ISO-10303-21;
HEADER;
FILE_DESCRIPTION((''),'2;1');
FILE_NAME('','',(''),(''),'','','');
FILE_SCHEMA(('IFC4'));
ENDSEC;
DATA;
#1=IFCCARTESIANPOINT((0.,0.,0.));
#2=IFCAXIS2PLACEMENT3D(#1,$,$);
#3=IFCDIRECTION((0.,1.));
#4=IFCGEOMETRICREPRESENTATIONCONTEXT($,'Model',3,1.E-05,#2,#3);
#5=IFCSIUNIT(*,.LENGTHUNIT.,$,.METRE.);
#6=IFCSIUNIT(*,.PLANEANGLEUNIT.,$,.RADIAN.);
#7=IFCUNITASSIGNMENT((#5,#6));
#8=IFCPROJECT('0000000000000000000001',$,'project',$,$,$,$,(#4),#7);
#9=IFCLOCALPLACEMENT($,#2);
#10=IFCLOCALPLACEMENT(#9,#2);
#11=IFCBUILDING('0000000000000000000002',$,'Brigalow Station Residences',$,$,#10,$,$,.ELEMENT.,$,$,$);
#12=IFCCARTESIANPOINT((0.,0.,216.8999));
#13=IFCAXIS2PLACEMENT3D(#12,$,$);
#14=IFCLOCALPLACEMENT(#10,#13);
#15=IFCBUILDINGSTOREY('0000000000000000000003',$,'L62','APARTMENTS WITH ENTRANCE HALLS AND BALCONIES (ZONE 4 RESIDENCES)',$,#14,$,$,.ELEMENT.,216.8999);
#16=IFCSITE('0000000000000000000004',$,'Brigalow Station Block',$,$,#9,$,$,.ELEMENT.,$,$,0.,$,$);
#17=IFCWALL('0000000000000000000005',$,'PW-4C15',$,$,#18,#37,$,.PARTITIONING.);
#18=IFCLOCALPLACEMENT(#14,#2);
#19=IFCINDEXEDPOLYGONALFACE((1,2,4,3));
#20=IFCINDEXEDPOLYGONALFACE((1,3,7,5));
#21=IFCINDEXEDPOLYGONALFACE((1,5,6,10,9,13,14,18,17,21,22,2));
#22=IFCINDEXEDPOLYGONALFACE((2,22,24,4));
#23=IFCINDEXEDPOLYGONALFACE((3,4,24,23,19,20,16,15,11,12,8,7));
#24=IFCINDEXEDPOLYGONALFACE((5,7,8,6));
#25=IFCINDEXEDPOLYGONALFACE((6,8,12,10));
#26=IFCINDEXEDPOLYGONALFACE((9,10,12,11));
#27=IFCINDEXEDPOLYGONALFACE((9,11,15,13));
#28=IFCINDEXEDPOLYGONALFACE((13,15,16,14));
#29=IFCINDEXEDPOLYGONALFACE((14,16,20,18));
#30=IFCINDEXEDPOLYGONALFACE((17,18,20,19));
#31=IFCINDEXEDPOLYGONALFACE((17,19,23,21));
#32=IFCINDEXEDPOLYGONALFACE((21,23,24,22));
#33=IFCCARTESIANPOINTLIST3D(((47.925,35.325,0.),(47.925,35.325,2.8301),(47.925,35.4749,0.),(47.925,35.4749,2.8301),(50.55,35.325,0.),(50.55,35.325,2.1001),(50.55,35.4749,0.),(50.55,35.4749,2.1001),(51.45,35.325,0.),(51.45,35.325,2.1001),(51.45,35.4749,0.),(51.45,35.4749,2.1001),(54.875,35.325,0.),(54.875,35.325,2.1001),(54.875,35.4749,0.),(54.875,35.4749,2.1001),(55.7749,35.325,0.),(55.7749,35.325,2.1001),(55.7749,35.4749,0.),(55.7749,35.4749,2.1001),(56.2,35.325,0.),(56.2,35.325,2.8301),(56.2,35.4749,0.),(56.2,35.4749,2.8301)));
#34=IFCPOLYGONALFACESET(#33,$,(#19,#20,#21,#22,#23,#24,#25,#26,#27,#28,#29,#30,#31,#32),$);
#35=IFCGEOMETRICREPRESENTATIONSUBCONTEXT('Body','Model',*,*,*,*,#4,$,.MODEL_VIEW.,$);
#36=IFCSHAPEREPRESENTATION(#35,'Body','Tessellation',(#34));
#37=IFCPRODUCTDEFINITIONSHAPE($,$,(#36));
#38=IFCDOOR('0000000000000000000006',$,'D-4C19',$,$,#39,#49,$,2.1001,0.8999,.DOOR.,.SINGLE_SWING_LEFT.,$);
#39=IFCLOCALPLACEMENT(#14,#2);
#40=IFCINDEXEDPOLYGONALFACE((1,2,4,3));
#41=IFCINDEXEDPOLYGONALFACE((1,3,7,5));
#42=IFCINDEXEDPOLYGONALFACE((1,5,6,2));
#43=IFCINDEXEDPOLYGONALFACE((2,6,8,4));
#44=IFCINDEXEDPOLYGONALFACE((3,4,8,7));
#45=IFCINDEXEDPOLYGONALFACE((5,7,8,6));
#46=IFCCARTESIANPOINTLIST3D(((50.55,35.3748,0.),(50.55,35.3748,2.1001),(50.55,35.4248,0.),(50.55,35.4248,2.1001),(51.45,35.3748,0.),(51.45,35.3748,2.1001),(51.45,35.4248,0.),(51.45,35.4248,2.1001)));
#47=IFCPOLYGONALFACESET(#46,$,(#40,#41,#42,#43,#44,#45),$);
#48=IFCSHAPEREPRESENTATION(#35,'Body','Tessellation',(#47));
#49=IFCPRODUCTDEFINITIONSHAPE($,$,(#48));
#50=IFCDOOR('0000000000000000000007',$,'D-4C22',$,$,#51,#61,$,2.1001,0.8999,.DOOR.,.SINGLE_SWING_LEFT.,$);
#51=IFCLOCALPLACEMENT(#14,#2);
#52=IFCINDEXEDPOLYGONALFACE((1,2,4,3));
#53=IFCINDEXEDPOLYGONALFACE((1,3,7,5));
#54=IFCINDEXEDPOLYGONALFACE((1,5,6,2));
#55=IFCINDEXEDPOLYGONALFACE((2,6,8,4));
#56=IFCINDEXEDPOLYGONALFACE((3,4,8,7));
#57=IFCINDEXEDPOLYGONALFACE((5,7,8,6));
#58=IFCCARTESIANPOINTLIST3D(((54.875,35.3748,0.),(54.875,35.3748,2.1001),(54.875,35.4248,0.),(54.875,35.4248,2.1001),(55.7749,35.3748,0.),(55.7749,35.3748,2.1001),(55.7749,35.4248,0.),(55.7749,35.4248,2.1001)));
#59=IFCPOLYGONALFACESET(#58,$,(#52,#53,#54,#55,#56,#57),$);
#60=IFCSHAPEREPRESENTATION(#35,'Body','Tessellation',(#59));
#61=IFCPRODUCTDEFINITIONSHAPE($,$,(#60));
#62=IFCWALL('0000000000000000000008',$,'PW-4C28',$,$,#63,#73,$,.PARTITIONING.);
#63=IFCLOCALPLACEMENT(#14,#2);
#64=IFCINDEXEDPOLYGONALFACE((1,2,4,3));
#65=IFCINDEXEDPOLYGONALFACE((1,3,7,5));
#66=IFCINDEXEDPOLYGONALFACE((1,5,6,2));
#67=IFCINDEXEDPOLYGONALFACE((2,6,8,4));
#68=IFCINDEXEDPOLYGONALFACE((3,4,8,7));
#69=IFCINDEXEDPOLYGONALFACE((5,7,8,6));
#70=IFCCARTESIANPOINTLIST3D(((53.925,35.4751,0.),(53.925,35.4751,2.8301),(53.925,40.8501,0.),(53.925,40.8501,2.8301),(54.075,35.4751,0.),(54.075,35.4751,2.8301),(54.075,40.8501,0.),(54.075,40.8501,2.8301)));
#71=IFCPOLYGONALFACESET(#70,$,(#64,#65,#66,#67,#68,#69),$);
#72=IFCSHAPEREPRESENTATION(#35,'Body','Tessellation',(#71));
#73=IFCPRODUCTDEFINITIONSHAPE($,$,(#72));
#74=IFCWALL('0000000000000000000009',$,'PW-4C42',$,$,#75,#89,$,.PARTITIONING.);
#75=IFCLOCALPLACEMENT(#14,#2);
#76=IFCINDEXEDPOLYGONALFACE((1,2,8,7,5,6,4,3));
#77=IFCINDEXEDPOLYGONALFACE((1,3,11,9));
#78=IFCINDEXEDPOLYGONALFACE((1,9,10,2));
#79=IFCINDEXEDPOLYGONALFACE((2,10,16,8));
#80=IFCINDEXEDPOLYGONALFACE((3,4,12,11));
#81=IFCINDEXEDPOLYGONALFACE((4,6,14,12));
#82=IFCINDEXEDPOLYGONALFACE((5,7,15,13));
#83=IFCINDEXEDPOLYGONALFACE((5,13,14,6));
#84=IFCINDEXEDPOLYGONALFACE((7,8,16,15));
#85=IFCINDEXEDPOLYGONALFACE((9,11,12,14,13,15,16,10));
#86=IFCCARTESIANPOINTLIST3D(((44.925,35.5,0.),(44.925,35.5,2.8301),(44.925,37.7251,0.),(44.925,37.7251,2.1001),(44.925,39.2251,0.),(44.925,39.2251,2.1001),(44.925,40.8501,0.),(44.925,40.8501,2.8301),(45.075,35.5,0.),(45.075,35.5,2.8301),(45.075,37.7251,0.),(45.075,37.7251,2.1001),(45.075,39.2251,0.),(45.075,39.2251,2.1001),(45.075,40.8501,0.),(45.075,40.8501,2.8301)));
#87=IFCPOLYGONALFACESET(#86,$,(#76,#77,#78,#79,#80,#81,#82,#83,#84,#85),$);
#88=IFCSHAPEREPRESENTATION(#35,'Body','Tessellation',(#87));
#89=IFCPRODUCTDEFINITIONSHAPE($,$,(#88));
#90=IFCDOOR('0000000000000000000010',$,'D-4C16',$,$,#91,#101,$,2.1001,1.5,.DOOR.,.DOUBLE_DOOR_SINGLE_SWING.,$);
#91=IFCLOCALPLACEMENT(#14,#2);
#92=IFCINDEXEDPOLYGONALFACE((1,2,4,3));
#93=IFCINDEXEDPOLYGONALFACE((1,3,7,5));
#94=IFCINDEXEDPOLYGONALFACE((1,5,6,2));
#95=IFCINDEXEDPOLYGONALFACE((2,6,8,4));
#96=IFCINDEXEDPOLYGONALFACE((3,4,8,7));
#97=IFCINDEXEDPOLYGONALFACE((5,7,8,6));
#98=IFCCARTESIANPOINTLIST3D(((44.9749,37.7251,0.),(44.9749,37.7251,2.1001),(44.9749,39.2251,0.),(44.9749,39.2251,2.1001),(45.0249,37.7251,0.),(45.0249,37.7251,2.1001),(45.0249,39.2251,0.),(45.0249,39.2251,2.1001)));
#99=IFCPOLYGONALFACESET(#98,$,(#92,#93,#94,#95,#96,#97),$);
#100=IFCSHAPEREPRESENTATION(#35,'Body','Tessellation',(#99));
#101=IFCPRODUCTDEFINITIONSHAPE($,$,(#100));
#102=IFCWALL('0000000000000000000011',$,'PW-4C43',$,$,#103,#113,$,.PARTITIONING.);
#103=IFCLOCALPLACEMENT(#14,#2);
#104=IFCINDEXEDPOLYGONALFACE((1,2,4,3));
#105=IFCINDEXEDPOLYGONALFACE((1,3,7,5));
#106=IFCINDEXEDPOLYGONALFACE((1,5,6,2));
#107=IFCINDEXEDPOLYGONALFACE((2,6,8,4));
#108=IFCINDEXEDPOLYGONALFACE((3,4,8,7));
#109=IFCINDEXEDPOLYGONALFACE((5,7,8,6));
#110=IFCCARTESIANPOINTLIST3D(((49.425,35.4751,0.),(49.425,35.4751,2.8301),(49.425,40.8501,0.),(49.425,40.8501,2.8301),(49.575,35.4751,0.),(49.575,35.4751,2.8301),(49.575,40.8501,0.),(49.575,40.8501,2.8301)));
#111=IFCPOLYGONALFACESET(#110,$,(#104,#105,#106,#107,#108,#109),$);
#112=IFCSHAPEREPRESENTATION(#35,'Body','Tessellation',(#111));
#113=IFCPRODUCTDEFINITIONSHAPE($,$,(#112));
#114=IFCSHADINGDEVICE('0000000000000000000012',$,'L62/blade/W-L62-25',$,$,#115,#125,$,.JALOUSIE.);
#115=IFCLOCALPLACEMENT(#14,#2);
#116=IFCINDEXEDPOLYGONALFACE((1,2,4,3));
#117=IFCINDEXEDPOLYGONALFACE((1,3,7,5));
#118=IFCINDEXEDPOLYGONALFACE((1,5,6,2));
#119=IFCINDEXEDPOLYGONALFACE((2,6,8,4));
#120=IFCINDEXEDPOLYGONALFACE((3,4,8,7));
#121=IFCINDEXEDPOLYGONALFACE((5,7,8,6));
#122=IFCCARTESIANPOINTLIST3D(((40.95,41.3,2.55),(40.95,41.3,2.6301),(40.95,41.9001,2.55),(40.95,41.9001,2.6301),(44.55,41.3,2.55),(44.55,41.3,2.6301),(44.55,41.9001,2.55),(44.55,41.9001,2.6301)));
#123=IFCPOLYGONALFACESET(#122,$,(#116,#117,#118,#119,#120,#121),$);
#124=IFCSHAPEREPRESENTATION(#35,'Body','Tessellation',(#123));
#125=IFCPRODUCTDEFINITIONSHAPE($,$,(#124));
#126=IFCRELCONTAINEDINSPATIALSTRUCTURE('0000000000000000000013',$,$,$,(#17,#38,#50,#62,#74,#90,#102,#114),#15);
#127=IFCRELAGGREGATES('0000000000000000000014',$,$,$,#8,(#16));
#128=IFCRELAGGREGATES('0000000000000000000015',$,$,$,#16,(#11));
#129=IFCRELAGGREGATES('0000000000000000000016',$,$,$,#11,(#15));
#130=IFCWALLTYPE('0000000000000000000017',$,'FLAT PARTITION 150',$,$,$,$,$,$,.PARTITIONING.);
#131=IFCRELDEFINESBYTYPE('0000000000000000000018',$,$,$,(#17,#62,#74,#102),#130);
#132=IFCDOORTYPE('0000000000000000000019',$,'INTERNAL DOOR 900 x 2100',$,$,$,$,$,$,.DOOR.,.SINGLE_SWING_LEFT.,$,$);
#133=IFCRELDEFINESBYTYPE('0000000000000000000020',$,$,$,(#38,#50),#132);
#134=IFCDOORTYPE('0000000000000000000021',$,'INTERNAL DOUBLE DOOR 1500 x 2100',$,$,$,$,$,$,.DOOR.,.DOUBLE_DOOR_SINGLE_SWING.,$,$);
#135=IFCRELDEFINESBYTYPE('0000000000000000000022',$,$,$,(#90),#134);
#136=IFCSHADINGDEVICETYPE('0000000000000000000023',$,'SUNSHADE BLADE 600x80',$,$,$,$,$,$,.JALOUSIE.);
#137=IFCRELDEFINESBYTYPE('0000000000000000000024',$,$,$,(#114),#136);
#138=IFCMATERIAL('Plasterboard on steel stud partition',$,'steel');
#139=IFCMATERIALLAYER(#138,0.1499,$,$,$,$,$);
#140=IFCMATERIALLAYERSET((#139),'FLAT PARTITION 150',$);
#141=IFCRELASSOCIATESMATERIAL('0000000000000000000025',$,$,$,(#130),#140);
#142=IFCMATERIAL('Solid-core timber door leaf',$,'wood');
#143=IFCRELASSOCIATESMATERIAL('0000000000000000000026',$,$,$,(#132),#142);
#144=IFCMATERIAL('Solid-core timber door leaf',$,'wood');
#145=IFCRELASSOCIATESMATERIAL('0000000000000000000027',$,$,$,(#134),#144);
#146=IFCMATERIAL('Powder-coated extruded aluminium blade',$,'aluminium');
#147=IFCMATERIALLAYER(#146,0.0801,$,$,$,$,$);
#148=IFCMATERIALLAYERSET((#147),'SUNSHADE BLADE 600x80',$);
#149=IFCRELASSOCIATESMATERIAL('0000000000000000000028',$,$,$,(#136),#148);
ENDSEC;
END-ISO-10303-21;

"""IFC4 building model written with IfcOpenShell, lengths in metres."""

from ifc_helpers import new_model, si_unit, direction, frame, frame_2d, origin, origin_2d, place, context, subcontext, project, spatial, rectangle, extrude, material, layer, layer_set, type_object, element, fill, save


model = new_model("IFC4")

# Units and contexts
model_context = context("Model", 3, precision=1e-05, world=origin(), true_north=direction((0.0, 1.0)))
body_context = subcontext(model_context, "Body", "Model", "MODEL_VIEW")
ifc_project = project(units=[si_unit("LENGTHUNIT", "METRE"), si_unit("PLANEANGLEUNIT", "RADIAN")], contexts=[model_context])

# Site, building, storey
site_placement = place(None, origin())
site = spatial("IfcSite", under=ifc_project, at=site_placement, Name="Brigalow Station Block", CompositionType="ELEMENT", RefElevation=0.0)
building_placement = place(site_placement, origin())
building = spatial("IfcBuilding", under=site, at=building_placement, Name="Brigalow Station Residences", CompositionType="ELEMENT")
storey_placement = place(building_placement, frame((0.0, 0.0, 216.8999)))
storey = spatial("IfcBuildingStorey", under=building, at=storey_placement, Name="L62", Description="APARTMENTS WITH ENTRANCE HALLS AND BALCONIES (ZONE 4 RESIDENCES)", CompositionType="ELEMENT", Elevation=216.8999)

# Wall, openings, doors
ifc_material_1 = material(Name="Plasterboard on steel stud partition", Category="steel")
ifc_layer_1 = layer(ifc_material_1, 0.1499)
ifc_layer_set_1 = layer_set([ifc_layer_1], Name="FLAT PARTITION 150")
wall_type_1 = type_object("IfcWallType", Name="FLAT PARTITION 150", PredefinedType="PARTITIONING", material=ifc_layer_set_1)
wall_1_placement = place(storey_placement, frame((47.925, 35.3999, 0.0), z_axis=(0.0, 0.0, 1.0), x_axis=(1.0, 0.0, 0.0)))
wall_1 = element("IfcWall", 1, at=wall_1_placement, inside=storey, type_object=wall_type_1, Name="PW-4C15", PredefinedType="PARTITIONING", context=body_context, shape_type="SweptSolid", body=[
    extrude(rectangle(XDim=8.2749, YDim=0.1499, at=frame_2d((4.1375, 0.0))), origin(), (0.0, 0.0, 1.0), 2.8301),
])
opening_1_placement = place(wall_1_placement, frame((2.625, 0.0, 0.0)))
opening_1 = element("IfcOpeningElement", 2, at=opening_1_placement, cuts=wall_1, PredefinedType="OPENING", context=body_context, shape_type="SweptSolid", body=[
    extrude(rectangle(XDim=0.8999, YDim=2.1001, at=frame_2d((0.45, 1.05))), frame((0.0, 0.085, 0.0), z_axis=(0.0, -1.0, 0.0), x_axis=(1.0, 0.0, 0.0)), (0.0, 0.0, 1.0), 0.1699),
])
opening_2_placement = place(wall_1_placement, frame((6.95, 0.0, 0.0)))
opening_2 = element("IfcOpeningElement", 3, at=opening_2_placement, cuts=wall_1, PredefinedType="OPENING", context=body_context, shape_type="SweptSolid", body=[
    extrude(rectangle(XDim=0.8999, YDim=2.1001, at=frame_2d((0.45, 1.05))), frame((0.0, 0.085, 0.0), z_axis=(0.0, -1.0, 0.0), x_axis=(1.0, 0.0, 0.0)), (0.0, 0.0, 1.0), 0.1699),
])
ifc_material_2 = material(Name="Solid-core timber door leaf", Category="wood")
door_type_1 = type_object("IfcDoorType", Name="INTERNAL DOOR 900 x 2100", OperationType="SINGLE_SWING_LEFT", PredefinedType="DOOR", material=ifc_material_2)
door_1_placement = place(opening_1_placement, origin())
door_1 = element("IfcDoor", 4, at=door_1_placement, inside=storey, type_object=door_type_1, Name="D-4C19", OperationType="SINGLE_SWING_LEFT", OverallHeight=2.1001, OverallWidth=0.8999, PredefinedType="DOOR", context=body_context, shape_type="SweptSolid", body=[
    extrude(rectangle(XDim=0.8999, YDim=2.1001, at=frame_2d((0.45, 1.05))), frame((0.0, 0.0249, 0.0), z_axis=(0.0, -1.0, 0.0), x_axis=(1.0, 0.0, 0.0)), (0.0, 0.0, 1.0), 0.05),
])
fill(opening_1, door_1)
door_2_placement = place(opening_2_placement, origin())
door_2 = element("IfcDoor", 5, at=door_2_placement, inside=storey, type_object=door_type_1, Name="D-4C22", OperationType="SINGLE_SWING_LEFT", OverallHeight=2.1001, OverallWidth=0.8999, PredefinedType="DOOR", context=body_context, shape_type="SweptSolid", body=[
    extrude(rectangle(XDim=0.8999, YDim=2.1001, at=frame_2d((0.45, 1.05))), frame((0.0, 0.0249, 0.0), z_axis=(0.0, -1.0, 0.0), x_axis=(1.0, 0.0, 0.0)), (0.0, 0.0, 1.0), 0.05),
])
fill(opening_2, door_2)

# Wall
wall_2_placement = place(storey_placement, frame((54.0, 35.4751, 0.0), z_axis=(0.0, 0.0, 1.0), x_axis=(0.0, 1.0, 0.0)))
element("IfcWall", 6, at=wall_2_placement, inside=storey, type_object=wall_type_1, Name="PW-4C28", PredefinedType="PARTITIONING", context=body_context, shape_type="SweptSolid", body=[
    extrude(rectangle(XDim=5.375, YDim=0.1499, at=frame_2d((2.6875, 0.0))), origin(), (0.0, 0.0, 1.0), 2.8301),
])

# Wall, opening, door
wall_3_placement = place(storey_placement, frame((45.0, 35.5, 0.0), z_axis=(0.0, 0.0, 1.0), x_axis=(0.0, 1.0, 0.0)))
wall_3 = element("IfcWall", 7, at=wall_3_placement, inside=storey, type_object=wall_type_1, Name="PW-4C42", PredefinedType="PARTITIONING", context=body_context, shape_type="SweptSolid", body=[
    extrude(rectangle(XDim=5.3501, YDim=0.1499, at=frame_2d((2.675, 0.0))), origin(), (0.0, 0.0, 1.0), 2.8301),
])
opening_3_placement = place(wall_3_placement, frame((2.2251, 0.0, 0.0)))
opening_3 = element("IfcOpeningElement", 8, at=opening_3_placement, cuts=wall_3, PredefinedType="OPENING", context=body_context, shape_type="SweptSolid", body=[
    extrude(rectangle(XDim=1.5, YDim=2.1001, at=frame_2d((0.75, 1.05))), frame((0.0, 0.085, 0.0), z_axis=(0.0, -1.0, 0.0), x_axis=(1.0, 0.0, 0.0)), (0.0, 0.0, 1.0), 0.1699),
])
ifc_material_3 = material(Name="Solid-core timber door leaf", Category="wood")
door_type_2 = type_object("IfcDoorType", Name="INTERNAL DOUBLE DOOR 1500 x 2100", OperationType="DOUBLE_DOOR_SINGLE_SWING", PredefinedType="DOOR", material=ifc_material_3)
door_3_placement = place(opening_3_placement, frame((1.5, 0.0, 0.0), z_axis=(0.0, 0.0, 1.0), x_axis=(-1.0, 0.0, 0.0)))
door_3 = element("IfcDoor", 9, at=door_3_placement, inside=storey, type_object=door_type_2, Name="D-4C16", OperationType="DOUBLE_DOOR_SINGLE_SWING", OverallHeight=2.1001, OverallWidth=1.5, PredefinedType="DOOR", context=body_context, shape_type="SweptSolid", body=[
    extrude(rectangle(XDim=1.5, YDim=2.1001, at=frame_2d((0.75, 1.05))), frame((0.0, 0.0249, 0.0), z_axis=(0.0, -1.0, 0.0), x_axis=(1.0, 0.0, 0.0)), (0.0, 0.0, 1.0), 0.05),
])
fill(opening_3, door_3)

# Wall
wall_4_placement = place(storey_placement, frame((49.5, 35.4751, 0.0), z_axis=(0.0, 0.0, 1.0), x_axis=(0.0, 1.0, 0.0)))
element("IfcWall", 10, at=wall_4_placement, inside=storey, type_object=wall_type_1, Name="PW-4C43", PredefinedType="PARTITIONING", context=body_context, shape_type="SweptSolid", body=[
    extrude(rectangle(XDim=5.375, YDim=0.1499, at=frame_2d((2.6875, 0.0))), origin(), (0.0, 0.0, 1.0), 2.8301),
])

# Shading device
ifc_material_4 = material(Name="Powder-coated extruded aluminium blade", Category="aluminium")
ifc_layer_2 = layer(ifc_material_4, 0.0801)
ifc_layer_set_2 = layer_set([ifc_layer_2], Name="SUNSHADE BLADE 600x80")
shading_device_type = type_object("IfcShadingDeviceType", Name="SUNSHADE BLADE 600x80", PredefinedType="JALOUSIE", material=ifc_layer_set_2)
shading_device_placement = place(storey_placement, frame((42.75, 41.6001, 2.55), z_axis=(0.0, 0.0, 1.0), x_axis=(-1.0, 0.0, 0.0)))
element("IfcShadingDevice", 11, at=shading_device_placement, inside=storey, type_object=shading_device_type, Name="L62/blade/W-L62-25", PredefinedType="JALOUSIE", context=body_context, shape_type="SweptSolid", body=[
    extrude(rectangle(XDim=3.6001, YDim=0.6001, at=origin_2d()), origin(), (0.0, 0.0, 1.0), 0.0801),
])

save(model, "model.ifc")
